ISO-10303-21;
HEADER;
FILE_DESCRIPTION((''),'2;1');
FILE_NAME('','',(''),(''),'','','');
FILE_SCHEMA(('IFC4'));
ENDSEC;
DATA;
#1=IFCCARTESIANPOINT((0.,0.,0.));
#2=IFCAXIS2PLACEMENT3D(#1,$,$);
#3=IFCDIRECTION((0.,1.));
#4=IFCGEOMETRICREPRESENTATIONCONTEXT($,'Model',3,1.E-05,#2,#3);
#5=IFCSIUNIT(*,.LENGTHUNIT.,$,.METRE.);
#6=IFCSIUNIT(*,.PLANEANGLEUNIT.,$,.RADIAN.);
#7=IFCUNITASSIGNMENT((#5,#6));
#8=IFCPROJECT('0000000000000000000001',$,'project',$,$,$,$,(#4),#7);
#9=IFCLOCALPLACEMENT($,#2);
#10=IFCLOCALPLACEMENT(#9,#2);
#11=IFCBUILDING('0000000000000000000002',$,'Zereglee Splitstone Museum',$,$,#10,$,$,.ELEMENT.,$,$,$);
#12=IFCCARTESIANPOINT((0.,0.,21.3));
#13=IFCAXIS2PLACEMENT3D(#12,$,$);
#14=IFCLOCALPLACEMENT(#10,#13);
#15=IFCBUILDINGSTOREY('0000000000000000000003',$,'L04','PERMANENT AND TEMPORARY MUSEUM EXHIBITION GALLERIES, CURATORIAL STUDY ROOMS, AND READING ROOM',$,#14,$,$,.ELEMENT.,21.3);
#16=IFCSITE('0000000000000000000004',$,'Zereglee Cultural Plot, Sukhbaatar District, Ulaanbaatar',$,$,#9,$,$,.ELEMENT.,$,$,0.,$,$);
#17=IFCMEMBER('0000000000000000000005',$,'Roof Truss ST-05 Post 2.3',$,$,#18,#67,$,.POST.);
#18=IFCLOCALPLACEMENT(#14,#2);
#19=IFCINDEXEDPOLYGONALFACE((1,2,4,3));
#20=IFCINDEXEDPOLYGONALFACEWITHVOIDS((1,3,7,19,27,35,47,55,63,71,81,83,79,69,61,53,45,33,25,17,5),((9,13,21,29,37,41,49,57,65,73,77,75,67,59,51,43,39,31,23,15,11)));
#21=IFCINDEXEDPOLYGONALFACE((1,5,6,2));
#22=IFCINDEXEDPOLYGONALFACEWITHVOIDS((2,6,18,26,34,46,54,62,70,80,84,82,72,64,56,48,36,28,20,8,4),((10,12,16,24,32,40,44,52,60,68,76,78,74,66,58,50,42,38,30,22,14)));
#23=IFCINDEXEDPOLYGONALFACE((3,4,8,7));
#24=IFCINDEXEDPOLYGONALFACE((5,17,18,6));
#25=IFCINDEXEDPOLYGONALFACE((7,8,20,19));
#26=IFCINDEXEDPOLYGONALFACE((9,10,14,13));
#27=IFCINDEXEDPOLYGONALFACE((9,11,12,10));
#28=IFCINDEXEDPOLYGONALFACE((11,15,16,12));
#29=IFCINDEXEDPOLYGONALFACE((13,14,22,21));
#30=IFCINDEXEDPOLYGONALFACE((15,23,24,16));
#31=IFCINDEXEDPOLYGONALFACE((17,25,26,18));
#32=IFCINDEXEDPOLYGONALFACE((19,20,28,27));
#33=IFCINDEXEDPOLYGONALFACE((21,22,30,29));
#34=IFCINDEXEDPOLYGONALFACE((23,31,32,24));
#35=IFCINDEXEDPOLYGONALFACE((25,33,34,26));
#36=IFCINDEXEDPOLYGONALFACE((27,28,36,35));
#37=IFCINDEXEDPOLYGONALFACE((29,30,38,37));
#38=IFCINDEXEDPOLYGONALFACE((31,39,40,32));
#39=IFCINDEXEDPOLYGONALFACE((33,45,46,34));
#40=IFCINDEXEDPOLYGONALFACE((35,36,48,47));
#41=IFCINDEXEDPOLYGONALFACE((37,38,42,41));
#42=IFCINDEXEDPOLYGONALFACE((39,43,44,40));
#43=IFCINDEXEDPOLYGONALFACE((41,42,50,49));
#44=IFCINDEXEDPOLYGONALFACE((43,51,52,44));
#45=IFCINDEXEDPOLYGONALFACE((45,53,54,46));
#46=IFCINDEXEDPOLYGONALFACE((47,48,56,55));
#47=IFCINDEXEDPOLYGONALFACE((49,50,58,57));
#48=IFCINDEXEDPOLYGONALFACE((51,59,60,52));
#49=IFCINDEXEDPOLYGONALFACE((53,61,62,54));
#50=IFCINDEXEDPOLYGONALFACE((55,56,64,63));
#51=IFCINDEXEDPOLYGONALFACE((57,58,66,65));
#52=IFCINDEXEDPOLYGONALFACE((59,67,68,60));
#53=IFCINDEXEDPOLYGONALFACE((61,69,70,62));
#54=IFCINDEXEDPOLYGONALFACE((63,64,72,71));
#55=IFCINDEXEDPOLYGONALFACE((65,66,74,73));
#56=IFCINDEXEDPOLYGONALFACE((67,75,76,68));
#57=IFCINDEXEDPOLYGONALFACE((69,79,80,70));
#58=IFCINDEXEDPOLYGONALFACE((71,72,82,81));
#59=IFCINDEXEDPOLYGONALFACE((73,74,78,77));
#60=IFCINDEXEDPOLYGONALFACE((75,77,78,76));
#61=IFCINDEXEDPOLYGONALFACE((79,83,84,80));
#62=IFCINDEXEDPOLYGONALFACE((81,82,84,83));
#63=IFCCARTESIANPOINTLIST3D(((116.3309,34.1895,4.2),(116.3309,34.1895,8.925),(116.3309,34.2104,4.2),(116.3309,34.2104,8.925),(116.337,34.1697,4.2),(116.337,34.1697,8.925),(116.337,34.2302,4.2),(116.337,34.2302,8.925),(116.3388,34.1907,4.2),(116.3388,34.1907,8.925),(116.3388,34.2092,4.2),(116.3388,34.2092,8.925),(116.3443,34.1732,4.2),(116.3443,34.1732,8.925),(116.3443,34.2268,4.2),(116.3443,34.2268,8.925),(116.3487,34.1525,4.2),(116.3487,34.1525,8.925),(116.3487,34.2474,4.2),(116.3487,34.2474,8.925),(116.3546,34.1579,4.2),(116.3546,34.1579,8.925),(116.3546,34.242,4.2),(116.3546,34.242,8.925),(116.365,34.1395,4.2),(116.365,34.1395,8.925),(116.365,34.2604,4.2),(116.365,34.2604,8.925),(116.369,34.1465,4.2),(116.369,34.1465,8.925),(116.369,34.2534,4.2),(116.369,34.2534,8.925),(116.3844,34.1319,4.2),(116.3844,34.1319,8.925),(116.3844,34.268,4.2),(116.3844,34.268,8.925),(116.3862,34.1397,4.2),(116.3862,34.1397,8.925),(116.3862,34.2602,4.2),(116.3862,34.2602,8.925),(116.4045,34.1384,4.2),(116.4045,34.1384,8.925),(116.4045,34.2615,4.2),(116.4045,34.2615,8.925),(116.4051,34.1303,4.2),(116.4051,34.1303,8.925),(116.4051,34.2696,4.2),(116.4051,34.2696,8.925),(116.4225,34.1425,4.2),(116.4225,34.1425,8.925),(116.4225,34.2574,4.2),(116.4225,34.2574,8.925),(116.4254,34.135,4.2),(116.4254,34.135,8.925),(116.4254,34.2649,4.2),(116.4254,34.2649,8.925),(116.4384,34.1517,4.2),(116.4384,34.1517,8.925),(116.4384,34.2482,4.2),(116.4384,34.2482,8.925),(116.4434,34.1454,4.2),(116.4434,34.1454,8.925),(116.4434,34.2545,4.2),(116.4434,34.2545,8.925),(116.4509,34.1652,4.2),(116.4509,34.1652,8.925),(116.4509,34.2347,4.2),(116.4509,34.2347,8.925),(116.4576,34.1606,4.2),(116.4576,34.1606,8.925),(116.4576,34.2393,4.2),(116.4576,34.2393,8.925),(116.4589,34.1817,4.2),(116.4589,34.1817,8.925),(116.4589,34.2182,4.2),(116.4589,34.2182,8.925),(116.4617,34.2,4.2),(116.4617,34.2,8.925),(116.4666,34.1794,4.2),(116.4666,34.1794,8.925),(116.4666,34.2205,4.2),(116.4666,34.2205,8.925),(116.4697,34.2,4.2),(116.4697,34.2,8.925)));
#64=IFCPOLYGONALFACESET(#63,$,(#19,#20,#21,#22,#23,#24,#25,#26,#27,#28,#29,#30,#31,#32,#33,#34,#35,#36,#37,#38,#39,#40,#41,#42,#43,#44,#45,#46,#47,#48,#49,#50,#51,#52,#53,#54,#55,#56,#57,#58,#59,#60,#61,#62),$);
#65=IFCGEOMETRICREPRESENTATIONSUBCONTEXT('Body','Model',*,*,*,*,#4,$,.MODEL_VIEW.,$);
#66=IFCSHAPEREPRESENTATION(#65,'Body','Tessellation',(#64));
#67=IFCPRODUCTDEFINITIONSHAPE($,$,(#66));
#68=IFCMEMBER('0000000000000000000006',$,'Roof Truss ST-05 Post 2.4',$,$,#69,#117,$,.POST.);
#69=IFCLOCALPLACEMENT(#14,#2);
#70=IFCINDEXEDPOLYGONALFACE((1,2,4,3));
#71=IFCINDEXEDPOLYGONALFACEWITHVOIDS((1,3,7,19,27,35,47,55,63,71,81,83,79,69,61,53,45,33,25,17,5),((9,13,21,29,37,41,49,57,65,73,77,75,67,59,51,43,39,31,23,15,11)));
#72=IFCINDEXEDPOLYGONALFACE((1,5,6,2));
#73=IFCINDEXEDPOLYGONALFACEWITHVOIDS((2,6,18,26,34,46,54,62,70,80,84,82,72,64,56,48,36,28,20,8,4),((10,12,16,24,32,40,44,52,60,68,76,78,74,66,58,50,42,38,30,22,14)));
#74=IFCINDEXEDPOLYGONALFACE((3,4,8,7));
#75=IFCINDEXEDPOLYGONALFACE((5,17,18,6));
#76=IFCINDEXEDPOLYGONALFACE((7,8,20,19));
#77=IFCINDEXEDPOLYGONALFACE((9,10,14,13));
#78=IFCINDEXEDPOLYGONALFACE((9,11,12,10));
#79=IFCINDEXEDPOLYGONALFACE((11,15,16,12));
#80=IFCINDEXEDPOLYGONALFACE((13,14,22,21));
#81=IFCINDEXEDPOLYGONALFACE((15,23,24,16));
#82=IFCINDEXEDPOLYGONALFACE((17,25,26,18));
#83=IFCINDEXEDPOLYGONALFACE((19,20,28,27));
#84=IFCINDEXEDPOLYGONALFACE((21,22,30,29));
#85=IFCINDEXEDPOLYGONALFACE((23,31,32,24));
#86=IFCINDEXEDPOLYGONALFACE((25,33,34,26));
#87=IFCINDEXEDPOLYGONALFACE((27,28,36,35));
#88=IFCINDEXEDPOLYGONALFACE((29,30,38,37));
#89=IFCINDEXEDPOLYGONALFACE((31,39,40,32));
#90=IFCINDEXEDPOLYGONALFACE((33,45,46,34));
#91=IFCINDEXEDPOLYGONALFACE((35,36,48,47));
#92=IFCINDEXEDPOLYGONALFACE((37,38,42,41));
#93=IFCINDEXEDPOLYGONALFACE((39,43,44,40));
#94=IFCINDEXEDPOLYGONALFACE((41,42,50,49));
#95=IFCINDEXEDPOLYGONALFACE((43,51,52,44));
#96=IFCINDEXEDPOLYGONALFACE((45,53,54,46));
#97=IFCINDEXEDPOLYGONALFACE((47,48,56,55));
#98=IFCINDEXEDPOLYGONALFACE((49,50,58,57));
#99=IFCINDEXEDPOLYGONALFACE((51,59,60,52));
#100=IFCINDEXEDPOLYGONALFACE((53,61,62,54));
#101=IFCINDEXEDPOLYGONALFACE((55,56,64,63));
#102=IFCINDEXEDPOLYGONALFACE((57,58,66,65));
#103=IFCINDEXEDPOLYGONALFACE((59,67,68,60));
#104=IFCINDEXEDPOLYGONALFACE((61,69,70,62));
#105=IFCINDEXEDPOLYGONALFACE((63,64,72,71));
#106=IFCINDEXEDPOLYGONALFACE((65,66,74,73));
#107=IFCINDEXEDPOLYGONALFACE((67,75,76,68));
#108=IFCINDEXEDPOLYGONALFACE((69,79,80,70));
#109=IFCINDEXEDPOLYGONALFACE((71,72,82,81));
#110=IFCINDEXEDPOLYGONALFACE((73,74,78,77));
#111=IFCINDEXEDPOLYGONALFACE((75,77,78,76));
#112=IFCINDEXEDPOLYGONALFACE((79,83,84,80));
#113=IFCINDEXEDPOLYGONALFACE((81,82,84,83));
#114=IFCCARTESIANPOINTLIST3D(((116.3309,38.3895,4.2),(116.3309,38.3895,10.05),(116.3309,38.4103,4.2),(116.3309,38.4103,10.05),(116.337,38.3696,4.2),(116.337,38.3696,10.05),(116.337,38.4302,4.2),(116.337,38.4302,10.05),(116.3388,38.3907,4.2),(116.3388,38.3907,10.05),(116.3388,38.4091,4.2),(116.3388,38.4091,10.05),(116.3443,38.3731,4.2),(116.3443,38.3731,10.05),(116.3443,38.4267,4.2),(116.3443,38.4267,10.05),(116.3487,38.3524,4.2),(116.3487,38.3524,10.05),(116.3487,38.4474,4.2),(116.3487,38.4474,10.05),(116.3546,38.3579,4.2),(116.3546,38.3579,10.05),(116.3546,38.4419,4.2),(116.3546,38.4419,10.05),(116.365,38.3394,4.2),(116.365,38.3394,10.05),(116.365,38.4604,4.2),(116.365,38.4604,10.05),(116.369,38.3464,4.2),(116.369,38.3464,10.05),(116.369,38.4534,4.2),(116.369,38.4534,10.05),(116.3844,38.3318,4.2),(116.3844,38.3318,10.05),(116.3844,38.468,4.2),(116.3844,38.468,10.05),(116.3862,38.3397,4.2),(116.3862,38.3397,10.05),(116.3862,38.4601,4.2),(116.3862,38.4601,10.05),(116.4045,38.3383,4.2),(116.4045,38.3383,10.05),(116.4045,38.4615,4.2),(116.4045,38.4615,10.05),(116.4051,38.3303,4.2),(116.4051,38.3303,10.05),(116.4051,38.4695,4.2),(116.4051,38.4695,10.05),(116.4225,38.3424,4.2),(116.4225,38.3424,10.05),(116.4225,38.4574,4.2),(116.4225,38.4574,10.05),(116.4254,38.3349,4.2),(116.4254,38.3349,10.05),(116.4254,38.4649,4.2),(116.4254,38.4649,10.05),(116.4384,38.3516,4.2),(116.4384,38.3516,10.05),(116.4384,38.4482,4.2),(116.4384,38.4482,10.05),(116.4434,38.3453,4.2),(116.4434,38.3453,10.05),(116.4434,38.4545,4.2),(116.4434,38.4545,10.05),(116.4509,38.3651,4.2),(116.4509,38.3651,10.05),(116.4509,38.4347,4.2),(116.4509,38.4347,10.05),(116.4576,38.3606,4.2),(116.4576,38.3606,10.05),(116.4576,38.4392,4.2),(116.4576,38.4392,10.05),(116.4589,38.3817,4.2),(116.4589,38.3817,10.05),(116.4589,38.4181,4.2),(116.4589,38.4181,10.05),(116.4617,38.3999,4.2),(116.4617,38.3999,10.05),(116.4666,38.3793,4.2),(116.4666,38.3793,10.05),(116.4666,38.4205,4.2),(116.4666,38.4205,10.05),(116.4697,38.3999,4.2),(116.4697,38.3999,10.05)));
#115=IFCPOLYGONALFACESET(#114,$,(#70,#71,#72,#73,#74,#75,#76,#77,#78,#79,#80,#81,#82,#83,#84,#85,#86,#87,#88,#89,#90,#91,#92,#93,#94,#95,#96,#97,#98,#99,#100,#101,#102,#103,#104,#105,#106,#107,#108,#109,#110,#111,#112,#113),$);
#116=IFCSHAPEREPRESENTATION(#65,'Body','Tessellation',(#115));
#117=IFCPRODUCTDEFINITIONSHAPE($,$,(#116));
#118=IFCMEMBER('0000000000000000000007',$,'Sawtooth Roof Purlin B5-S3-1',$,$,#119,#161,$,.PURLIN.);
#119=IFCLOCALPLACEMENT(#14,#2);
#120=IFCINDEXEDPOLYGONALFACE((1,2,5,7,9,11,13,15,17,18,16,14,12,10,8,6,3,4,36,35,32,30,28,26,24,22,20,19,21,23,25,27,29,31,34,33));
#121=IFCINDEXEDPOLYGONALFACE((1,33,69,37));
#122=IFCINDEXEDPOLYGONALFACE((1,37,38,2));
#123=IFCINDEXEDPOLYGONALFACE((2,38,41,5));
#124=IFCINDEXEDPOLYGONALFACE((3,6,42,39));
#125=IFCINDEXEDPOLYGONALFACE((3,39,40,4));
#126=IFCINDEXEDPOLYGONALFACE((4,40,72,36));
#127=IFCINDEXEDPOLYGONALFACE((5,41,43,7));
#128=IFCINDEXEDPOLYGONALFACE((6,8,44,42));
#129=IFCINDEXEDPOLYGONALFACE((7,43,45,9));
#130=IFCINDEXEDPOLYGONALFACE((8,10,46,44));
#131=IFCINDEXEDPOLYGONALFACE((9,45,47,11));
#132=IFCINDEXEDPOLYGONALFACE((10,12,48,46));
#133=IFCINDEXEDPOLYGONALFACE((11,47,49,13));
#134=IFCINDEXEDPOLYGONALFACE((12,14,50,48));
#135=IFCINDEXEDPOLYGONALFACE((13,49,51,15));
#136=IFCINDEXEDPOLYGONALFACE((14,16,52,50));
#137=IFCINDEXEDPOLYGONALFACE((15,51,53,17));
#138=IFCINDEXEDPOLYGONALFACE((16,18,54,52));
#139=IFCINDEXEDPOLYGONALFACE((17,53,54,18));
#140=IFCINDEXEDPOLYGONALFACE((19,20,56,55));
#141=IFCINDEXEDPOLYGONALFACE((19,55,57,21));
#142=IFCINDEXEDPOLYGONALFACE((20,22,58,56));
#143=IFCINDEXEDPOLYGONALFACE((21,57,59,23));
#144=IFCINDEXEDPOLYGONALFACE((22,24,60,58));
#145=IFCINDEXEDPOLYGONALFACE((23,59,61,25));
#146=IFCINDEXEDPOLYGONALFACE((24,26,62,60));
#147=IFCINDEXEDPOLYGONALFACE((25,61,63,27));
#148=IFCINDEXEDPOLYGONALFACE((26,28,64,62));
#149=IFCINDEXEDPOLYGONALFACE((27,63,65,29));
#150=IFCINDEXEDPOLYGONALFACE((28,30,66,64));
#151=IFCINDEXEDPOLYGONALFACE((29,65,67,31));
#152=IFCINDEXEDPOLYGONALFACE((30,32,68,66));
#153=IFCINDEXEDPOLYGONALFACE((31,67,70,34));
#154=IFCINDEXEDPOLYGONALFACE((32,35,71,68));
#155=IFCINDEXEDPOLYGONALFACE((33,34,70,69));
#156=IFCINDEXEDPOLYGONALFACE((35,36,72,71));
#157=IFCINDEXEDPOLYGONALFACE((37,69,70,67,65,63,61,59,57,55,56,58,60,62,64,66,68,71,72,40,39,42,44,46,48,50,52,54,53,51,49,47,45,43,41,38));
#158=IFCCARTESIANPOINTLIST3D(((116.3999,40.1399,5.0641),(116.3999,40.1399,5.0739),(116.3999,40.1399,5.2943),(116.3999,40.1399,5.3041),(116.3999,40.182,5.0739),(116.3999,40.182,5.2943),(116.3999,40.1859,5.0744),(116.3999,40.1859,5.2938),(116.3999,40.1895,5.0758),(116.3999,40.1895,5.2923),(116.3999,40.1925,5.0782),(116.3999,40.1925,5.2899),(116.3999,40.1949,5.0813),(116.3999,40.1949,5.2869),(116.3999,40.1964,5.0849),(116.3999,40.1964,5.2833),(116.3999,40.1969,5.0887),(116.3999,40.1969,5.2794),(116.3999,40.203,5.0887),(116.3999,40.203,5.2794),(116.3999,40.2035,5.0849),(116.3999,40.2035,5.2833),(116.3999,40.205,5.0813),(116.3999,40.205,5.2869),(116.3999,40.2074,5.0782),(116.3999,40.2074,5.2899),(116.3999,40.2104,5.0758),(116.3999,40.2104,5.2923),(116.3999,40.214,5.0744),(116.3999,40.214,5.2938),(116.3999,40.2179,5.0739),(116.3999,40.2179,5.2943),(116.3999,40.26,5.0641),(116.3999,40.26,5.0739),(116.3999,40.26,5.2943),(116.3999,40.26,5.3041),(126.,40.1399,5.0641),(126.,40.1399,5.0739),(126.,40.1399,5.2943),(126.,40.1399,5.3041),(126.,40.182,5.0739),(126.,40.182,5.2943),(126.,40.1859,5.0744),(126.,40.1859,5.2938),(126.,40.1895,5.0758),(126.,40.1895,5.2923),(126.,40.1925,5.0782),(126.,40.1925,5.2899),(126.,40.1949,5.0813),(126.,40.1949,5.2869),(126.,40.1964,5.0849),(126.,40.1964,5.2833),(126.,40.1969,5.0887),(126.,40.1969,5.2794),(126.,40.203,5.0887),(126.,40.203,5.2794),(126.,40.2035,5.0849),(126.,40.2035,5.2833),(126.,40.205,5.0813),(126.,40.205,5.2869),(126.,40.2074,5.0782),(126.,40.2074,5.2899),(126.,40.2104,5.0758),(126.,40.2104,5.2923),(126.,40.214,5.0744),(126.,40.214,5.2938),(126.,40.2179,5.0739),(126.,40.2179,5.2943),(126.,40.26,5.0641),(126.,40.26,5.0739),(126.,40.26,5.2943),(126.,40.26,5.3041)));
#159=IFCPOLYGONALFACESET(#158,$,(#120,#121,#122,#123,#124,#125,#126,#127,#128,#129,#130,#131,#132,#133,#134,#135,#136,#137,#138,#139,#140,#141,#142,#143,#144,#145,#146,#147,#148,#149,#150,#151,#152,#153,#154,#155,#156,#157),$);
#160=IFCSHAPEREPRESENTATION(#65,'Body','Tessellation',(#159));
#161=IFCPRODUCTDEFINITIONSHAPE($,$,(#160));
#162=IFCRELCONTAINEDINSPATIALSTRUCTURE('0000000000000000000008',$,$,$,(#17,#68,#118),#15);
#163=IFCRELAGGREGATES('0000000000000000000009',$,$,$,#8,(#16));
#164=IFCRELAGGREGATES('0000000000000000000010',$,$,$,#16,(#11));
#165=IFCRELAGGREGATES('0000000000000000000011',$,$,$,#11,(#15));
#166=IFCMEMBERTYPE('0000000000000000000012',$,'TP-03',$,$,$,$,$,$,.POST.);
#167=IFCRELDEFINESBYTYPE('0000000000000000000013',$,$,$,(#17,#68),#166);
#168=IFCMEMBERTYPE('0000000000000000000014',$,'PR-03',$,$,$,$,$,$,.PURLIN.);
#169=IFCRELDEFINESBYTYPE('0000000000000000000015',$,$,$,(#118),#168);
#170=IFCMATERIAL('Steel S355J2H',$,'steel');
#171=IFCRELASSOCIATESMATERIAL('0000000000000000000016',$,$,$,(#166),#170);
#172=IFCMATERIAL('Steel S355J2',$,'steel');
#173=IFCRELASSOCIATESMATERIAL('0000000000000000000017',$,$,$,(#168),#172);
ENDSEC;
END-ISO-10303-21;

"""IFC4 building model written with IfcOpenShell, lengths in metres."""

from ifc_helpers import new_model, si_unit, direction, frame, origin, origin_2d, place, context, subcontext, project, spatial, hollow_circle, i_section, extrude, material, material_profile, profile_set, type_object, element, save


model = new_model("IFC4")

# Units and contexts
model_context = context("Model", 3, precision=1e-05, world=origin(), true_north=direction((0.0, 1.0)))
body_context = subcontext(model_context, "Body", "Model", "MODEL_VIEW")
ifc_project = project(units=[si_unit("LENGTHUNIT", "METRE"), si_unit("PLANEANGLEUNIT", "RADIAN")], contexts=[model_context])

# Site, building, storey
site_placement = place(None, origin())
site = spatial("IfcSite", under=ifc_project, at=site_placement, Name="Zereglee Cultural Plot, Sukhbaatar District, Ulaanbaatar", CompositionType="ELEMENT", RefElevation=0.0)
building_placement = place(site_placement, origin())
building = spatial("IfcBuilding", under=site, at=building_placement, Name="Zereglee Splitstone Museum", CompositionType="ELEMENT")
storey_placement = place(building_placement, frame((0.0, 0.0, 21.3)))
storey = spatial("IfcBuildingStorey", under=building, at=storey_placement, Name="L04", Description="PERMANENT AND TEMPORARY MUSEUM EXHIBITION GALLERIES, CURATORIAL STUDY ROOMS, AND READING ROOM", CompositionType="ELEMENT", Elevation=21.3)

# Shared definitions
ifc_material_1 = material(Name="Steel S355J2", Category="steel")

# Shared definitions
ifc_material_2 = material(Name="Steel S355J2H", Category="steel")

# Members
ifc_material_profile_1 = material_profile(ifc_material_2, hollow_circle(Radius=0.0698, WallThickness=0.0081, at=origin_2d()), Name="CHS 139.7x8")
ifc_profile_set_1 = profile_set([ifc_material_profile_1], Name="Steel S355J2H")
member_type_1 = type_object("IfcMemberType", Name="TP-03", PredefinedType="POST", material=ifc_profile_set_1)
member_1_placement = place(storey_placement, frame((116.3999, 34.2, 4.2), z_axis=(0.0, 0.0, 1.0), x_axis=(1.0, 0.0, 0.0)))
element("IfcMember", 1, at=member_1_placement, inside=storey, type_object=member_type_1, Name="Roof Truss ST-05 Post 2.3", PredefinedType="POST", context=body_context, shape_type="SweptSolid", body=[
    extrude(hollow_circle(Radius=0.0698, WallThickness=0.0081, at=origin_2d()), origin(), (0.0, 0.0, 1.0), 4.7251),
])
member_2_placement = place(storey_placement, frame((116.3999, 38.3999, 4.2), z_axis=(0.0, 0.0, 1.0), x_axis=(1.0, 0.0, 0.0)))
element("IfcMember", 2, at=member_2_placement, inside=storey, type_object=member_type_1, Name="Roof Truss ST-05 Post 2.4", PredefinedType="POST", context=body_context, shape_type="SweptSolid", body=[
    extrude(hollow_circle(Radius=0.0698, WallThickness=0.0081, at=origin_2d()), origin(), (0.0, 0.0, 1.0), 5.8501),
])
ifc_material_profile_2 = material_profile(ifc_material_1, i_section(OverallWidth=0.1201, OverallDepth=0.24, WebThickness=0.0061, FlangeThickness=0.0098, FilletRadius=0.0149, at=origin_2d()), Name="IPE 240")
ifc_profile_set_2 = profile_set([ifc_material_profile_2], Name="Steel S355J2")
member_type_2 = type_object("IfcMemberType", Name="PR-03", PredefinedType="PURLIN", material=ifc_profile_set_2)
member_3_placement = place(storey_placement, frame((116.3999, 40.2, 5.1841), z_axis=(1.0, 0.0, 0.0), x_axis=(0.0, 1.0, 0.0)))
element("IfcMember", 3, at=member_3_placement, inside=storey, type_object=member_type_2, Name="Sawtooth Roof Purlin B5-S3-1", PredefinedType="PURLIN", context=body_context, shape_type="SweptSolid", body=[
    extrude(i_section(OverallWidth=0.1201, OverallDepth=0.24, WebThickness=0.0061, FlangeThickness=0.0098, FilletRadius=0.0149, at=origin_2d()), origin(), (0.0, 0.0, 1.0), 9.6001),
])

save(model, "model.ifc")
